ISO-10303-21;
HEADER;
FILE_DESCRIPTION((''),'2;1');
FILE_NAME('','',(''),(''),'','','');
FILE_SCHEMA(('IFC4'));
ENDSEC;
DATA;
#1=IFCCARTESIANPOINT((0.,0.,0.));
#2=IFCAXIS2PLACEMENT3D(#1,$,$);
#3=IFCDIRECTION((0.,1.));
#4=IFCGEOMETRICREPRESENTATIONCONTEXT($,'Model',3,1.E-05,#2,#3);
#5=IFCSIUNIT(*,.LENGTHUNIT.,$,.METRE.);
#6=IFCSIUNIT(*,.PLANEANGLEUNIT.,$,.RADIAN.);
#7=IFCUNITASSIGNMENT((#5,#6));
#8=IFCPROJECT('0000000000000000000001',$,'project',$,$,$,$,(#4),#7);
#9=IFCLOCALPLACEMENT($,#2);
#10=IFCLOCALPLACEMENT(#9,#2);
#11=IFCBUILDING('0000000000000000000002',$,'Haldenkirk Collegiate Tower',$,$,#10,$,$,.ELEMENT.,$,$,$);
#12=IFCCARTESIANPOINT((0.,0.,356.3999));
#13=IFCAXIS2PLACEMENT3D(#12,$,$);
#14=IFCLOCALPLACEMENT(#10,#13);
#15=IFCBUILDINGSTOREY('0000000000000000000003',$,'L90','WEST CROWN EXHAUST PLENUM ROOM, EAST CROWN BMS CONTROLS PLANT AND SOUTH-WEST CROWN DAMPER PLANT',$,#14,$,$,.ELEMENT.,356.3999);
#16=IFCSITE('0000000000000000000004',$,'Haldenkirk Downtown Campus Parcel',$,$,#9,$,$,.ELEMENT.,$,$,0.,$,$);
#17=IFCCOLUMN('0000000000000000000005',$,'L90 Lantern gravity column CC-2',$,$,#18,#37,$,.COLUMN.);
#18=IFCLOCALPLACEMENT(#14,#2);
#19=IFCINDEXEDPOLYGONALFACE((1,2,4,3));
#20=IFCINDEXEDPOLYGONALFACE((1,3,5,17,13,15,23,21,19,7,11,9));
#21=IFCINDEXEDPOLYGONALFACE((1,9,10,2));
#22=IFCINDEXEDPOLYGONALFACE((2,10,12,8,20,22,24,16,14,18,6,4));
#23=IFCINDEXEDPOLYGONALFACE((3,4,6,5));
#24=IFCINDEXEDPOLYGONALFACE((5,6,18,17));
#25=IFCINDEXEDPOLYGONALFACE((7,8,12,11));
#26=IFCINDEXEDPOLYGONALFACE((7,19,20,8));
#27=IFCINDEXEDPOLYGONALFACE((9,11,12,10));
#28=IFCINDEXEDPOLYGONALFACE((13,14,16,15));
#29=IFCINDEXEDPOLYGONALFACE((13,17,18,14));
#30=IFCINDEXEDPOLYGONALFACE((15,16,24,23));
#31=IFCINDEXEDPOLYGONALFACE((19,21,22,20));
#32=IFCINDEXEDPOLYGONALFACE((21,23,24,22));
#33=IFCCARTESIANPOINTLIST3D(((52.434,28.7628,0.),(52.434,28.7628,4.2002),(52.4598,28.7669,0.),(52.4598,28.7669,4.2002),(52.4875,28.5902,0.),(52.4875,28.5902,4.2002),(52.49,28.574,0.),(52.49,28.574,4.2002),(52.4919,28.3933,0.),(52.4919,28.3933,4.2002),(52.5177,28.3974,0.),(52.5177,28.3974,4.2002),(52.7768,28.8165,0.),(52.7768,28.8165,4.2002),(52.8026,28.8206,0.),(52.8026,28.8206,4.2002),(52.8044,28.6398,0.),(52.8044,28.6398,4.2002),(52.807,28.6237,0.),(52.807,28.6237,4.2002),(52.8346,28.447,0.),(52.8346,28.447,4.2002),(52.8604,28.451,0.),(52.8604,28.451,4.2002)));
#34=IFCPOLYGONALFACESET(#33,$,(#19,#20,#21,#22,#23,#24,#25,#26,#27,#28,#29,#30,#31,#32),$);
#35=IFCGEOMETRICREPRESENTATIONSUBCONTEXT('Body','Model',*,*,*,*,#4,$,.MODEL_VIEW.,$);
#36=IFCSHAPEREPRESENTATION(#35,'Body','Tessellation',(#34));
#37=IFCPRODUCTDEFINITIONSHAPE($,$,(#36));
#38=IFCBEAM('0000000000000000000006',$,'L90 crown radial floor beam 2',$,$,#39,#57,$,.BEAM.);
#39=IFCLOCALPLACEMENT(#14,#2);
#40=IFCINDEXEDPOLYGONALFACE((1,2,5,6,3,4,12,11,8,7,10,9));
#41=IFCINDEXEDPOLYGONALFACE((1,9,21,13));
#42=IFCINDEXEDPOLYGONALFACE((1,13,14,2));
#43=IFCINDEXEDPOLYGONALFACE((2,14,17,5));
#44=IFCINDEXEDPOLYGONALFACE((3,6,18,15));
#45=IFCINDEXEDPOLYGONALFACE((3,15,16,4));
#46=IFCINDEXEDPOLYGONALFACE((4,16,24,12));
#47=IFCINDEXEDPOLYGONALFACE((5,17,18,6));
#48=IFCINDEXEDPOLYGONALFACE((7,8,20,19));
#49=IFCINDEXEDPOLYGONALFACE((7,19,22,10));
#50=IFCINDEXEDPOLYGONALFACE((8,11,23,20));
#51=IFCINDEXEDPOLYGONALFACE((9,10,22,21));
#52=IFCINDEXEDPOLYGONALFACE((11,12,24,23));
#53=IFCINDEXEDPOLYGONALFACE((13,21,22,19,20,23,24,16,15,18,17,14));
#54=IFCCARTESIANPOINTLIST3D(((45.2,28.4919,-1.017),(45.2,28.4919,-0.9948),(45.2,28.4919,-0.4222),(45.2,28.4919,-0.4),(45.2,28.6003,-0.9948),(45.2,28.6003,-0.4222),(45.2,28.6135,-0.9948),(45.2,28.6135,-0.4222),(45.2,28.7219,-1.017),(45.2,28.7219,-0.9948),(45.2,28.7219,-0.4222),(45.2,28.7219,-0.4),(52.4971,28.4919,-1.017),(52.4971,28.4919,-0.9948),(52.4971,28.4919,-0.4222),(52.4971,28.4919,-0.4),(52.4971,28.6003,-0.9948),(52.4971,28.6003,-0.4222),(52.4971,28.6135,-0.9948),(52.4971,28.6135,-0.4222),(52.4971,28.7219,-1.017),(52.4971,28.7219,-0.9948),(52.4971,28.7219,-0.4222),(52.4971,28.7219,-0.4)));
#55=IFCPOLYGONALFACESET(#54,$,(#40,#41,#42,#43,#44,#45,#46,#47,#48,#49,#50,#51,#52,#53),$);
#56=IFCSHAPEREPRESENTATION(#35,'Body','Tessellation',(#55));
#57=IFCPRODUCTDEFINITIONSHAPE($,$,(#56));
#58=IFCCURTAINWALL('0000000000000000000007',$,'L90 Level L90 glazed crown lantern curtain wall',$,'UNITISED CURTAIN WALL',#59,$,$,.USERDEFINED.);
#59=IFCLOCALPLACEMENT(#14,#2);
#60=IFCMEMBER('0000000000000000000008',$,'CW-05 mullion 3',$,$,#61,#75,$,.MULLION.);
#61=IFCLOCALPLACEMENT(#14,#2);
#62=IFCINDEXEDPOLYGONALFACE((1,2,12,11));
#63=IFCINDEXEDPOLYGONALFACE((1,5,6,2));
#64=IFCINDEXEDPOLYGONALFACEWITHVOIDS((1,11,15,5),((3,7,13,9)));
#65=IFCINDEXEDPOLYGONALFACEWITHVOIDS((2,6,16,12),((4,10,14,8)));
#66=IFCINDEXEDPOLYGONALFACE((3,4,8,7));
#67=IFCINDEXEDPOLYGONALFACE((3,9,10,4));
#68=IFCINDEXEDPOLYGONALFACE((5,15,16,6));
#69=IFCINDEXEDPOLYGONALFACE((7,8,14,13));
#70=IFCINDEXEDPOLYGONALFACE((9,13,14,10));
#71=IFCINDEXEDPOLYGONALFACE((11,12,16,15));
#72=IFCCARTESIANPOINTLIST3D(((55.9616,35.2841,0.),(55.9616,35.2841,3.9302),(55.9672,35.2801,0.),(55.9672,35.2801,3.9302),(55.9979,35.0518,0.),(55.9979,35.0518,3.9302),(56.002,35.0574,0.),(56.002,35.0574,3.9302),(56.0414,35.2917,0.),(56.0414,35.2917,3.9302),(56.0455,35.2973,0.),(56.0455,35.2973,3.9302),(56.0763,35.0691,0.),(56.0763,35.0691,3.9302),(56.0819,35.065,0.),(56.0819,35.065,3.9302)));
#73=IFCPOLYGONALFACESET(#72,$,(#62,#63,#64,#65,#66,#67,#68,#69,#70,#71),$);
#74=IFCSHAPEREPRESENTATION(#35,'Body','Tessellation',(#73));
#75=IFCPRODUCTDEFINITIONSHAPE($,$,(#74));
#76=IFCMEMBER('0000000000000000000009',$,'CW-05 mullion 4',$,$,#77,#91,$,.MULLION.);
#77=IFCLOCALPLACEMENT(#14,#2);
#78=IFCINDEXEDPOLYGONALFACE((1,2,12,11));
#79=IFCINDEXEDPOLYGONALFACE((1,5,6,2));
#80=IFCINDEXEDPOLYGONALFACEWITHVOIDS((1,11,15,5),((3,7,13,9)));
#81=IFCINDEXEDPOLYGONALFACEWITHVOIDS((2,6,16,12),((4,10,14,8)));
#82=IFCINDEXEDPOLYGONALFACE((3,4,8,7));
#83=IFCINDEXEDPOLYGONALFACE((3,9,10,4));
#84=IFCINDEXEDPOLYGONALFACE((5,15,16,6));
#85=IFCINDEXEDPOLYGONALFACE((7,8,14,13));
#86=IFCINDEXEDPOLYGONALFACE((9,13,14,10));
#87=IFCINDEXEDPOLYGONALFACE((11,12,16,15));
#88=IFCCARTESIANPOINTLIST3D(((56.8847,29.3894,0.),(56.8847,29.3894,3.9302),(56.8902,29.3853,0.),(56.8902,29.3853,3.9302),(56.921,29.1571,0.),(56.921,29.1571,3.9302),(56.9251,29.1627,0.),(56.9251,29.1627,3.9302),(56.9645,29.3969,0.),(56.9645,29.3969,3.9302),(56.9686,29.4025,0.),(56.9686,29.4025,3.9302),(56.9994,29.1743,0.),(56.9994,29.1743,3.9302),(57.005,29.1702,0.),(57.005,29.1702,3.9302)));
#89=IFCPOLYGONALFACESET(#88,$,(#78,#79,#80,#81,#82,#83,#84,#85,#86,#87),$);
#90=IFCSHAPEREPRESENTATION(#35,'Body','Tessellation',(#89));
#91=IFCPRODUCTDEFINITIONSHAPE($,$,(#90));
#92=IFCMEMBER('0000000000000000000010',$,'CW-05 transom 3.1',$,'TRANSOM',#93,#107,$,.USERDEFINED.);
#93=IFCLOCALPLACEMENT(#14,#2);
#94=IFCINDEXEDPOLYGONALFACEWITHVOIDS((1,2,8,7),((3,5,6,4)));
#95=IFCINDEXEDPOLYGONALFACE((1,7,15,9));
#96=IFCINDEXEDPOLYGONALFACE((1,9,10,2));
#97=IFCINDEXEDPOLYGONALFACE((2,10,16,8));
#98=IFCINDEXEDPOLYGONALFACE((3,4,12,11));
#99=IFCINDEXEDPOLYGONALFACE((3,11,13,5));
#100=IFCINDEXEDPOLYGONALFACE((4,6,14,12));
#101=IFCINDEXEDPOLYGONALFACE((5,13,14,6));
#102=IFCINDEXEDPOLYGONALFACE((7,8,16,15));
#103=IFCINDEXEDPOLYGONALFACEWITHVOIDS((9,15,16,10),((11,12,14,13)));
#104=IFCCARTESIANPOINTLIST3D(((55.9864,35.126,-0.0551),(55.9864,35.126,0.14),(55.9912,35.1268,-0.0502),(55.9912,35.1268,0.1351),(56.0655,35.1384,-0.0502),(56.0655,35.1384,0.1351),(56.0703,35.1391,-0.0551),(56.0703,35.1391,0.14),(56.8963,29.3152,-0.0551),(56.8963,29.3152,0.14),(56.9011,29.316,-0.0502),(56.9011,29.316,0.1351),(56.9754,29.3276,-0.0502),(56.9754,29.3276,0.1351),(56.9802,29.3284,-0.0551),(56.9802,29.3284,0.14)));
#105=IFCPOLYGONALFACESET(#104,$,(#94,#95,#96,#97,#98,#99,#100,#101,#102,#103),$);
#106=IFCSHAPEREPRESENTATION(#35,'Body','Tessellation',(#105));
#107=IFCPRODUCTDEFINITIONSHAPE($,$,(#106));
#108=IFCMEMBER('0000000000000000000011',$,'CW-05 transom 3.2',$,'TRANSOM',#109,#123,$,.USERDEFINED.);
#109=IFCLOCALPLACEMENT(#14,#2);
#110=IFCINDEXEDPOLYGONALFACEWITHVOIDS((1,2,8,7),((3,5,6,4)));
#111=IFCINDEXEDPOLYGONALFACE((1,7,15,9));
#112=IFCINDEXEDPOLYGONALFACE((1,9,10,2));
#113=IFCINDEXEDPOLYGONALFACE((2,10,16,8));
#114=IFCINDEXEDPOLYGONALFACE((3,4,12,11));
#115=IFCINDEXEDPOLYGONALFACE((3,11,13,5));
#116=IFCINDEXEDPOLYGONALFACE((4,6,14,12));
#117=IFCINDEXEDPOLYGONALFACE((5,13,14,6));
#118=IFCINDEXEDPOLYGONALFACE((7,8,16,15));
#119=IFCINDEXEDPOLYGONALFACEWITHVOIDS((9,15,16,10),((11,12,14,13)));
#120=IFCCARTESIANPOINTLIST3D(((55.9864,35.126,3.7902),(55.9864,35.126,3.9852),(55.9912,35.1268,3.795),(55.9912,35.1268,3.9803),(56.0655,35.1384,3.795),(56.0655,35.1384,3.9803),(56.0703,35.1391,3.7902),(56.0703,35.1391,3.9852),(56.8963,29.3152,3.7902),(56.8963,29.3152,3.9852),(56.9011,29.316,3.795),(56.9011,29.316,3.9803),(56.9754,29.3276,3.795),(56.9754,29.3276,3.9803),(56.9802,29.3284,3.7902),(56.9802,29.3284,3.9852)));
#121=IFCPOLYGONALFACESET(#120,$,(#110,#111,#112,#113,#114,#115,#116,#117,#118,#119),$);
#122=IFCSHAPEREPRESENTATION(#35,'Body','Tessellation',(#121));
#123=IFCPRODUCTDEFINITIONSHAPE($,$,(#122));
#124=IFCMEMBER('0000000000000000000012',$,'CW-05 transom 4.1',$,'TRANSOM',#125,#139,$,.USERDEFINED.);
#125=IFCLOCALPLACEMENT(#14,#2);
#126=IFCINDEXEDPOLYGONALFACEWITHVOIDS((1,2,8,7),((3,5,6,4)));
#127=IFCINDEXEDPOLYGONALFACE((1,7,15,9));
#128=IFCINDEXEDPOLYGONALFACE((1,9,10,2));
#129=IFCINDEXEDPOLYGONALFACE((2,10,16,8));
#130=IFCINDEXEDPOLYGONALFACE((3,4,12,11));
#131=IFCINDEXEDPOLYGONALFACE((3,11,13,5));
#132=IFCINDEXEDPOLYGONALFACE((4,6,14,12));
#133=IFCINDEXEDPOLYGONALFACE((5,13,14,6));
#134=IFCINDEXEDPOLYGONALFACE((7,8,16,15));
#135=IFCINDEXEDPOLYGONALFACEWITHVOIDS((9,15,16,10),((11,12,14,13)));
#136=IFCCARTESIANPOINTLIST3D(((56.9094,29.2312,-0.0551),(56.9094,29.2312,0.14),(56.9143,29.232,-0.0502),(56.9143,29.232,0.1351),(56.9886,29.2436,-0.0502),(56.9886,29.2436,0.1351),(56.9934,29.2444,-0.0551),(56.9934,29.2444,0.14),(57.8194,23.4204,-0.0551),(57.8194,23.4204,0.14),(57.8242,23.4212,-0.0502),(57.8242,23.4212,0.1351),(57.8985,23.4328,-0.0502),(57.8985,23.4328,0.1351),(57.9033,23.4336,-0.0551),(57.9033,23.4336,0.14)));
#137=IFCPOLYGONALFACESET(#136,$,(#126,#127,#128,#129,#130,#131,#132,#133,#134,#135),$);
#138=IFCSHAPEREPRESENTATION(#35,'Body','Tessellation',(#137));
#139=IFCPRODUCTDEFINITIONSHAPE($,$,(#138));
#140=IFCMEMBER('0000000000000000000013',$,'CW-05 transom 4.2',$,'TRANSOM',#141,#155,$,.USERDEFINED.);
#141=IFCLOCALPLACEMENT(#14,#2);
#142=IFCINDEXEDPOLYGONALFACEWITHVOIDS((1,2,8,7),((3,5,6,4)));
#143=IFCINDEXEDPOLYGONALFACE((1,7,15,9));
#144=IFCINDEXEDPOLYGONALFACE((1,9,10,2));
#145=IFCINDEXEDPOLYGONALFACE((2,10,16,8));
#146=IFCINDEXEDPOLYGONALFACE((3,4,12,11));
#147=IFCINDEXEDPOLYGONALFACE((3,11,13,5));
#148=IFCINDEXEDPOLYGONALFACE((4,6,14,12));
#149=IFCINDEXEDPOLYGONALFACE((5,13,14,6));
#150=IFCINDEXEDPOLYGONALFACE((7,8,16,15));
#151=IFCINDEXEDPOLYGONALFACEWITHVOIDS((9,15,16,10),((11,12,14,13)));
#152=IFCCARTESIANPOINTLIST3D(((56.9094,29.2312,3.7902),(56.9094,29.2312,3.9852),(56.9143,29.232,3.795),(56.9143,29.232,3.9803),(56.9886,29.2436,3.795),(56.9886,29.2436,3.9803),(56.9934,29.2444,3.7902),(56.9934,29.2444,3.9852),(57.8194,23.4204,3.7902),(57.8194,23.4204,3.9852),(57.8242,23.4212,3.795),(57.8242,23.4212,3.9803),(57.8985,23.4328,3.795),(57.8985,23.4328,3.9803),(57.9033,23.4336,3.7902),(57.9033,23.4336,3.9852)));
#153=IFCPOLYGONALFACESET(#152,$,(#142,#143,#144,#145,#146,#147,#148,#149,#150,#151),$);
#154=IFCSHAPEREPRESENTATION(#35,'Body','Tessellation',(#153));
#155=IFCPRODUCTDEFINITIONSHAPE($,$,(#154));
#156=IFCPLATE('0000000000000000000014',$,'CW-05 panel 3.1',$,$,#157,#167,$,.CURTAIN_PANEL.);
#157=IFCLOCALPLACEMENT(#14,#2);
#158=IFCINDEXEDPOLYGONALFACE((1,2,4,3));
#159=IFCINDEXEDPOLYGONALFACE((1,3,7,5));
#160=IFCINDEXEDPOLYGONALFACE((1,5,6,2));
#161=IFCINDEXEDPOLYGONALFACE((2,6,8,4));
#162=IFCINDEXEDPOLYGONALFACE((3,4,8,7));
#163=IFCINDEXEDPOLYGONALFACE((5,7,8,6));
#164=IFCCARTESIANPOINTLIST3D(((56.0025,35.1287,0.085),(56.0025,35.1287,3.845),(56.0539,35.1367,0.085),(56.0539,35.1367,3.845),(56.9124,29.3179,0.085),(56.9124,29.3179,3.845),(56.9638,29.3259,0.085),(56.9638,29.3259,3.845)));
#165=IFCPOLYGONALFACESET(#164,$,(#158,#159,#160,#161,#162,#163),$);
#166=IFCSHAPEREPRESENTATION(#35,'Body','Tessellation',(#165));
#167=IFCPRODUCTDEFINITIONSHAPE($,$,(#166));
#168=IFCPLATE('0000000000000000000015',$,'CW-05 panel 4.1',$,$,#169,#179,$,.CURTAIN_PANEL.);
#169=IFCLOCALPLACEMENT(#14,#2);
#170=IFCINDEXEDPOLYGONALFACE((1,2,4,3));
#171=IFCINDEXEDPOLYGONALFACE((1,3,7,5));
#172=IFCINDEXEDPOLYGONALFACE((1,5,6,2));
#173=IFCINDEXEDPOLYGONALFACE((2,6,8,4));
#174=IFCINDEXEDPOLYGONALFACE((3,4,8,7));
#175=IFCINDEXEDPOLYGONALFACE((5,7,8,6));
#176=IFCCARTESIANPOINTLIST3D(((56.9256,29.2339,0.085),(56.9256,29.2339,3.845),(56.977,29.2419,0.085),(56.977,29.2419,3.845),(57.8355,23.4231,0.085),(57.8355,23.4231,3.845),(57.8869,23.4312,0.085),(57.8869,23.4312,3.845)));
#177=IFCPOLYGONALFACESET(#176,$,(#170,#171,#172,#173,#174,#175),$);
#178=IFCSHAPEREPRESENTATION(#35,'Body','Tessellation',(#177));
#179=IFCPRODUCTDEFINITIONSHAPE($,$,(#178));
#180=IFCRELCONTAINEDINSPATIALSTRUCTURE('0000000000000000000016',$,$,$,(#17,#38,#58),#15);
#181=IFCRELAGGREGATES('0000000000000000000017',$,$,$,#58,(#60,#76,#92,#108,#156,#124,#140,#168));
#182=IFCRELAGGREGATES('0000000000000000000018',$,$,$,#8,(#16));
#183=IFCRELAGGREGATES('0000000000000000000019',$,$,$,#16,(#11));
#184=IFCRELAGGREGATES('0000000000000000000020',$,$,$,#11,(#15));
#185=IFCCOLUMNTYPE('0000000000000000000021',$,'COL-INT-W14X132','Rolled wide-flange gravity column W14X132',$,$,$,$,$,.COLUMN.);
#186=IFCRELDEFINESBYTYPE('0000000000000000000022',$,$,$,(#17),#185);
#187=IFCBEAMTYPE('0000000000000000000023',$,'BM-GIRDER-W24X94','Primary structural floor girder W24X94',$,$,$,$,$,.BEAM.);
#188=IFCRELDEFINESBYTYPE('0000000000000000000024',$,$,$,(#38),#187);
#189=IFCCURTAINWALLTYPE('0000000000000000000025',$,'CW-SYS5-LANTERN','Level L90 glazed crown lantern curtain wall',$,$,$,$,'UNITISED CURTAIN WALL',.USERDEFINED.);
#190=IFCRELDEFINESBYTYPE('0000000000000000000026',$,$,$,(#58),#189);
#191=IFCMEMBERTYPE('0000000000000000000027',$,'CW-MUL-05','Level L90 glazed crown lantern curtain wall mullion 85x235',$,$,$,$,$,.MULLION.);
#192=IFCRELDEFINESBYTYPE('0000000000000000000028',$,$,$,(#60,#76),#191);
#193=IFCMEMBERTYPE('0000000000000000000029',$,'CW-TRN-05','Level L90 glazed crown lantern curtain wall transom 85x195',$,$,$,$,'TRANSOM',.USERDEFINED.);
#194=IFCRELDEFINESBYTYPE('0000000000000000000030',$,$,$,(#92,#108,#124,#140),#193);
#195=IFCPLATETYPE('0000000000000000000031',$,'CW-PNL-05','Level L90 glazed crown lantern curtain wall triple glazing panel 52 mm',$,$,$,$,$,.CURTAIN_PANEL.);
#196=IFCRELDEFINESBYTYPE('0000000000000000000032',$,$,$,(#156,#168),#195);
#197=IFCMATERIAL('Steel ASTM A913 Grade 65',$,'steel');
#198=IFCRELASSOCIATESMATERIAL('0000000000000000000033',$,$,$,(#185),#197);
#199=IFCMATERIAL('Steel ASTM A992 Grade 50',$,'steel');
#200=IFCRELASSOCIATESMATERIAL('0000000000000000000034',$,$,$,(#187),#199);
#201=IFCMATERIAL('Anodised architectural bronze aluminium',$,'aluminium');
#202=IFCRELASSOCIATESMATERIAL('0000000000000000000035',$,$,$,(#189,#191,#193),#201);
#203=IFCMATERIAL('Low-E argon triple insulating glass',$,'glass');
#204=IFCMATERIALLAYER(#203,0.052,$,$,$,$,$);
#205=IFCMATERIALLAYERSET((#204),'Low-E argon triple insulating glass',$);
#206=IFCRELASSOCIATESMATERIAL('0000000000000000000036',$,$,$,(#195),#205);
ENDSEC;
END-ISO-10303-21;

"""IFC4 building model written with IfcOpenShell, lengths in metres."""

from ifc_helpers import new_model, si_unit, direction, frame, origin, origin_2d, place, context, subcontext, project, spatial, rectangle, hollow_rectangle, i_section, extrude, source, transform, mapped, material, layer, layer_set, material_profile, profile_set, type_object, element, aggregate, save


model = new_model("IFC4")

# Units and contexts
model_context = context("Model", 3, precision=1e-05, world=origin(), true_north=direction((0.0, 1.0)))
body_context = subcontext(model_context, "Body", "Model", "MODEL_VIEW")
ifc_project = project(units=[si_unit("LENGTHUNIT", "METRE"), si_unit("PLANEANGLEUNIT", "RADIAN")], contexts=[model_context])

# Site, building, storey
site_placement = place(None, origin())
site = spatial("IfcSite", under=ifc_project, at=site_placement, Name="Haldenkirk Downtown Campus Parcel", CompositionType="ELEMENT", RefElevation=0.0)
building_placement = place(site_placement, origin())
building = spatial("IfcBuilding", under=site, at=building_placement, Name="Haldenkirk Collegiate Tower", CompositionType="ELEMENT")
storey_placement = place(building_placement, frame((0.0, 0.0, 356.3999)))
storey = spatial("IfcBuildingStorey", under=building, at=storey_placement, Name="L90", Description="WEST CROWN EXHAUST PLENUM ROOM, EAST CROWN BMS CONTROLS PLANT AND SOUTH-WEST CROWN DAMPER PLANT", CompositionType="ELEMENT", Elevation=356.3999)

# Column
ifc_material_1 = material(Name="Steel ASTM A913 Grade 65", Category="steel")
ifc_material_profile_1 = material_profile(ifc_material_1, i_section(OverallWidth=0.374, OverallDepth=0.373, WebThickness=0.0164, FlangeThickness=0.0261, at=origin_2d()), Name="W14X132")
ifc_profile_set_1 = profile_set([ifc_material_profile_1], Name="Steel ASTM A913 Grade 65")
column_type = type_object("IfcColumnType", Name="COL-INT-W14X132", Description="Rolled wide-flange gravity column W14X132", PredefinedType="COLUMN", material=ifc_profile_set_1)
column_placement = place(storey_placement, frame((52.6472, 28.6069, 0.0), z_axis=(0.0, 0.0, 1.0), x_axis=(-0.15471, 0.98796, 0.0)))
element("IfcColumn", 1, at=column_placement, inside=storey, type_object=column_type, Name="L90 Lantern gravity column CC-2", PredefinedType="COLUMN", context=body_context, shape_type="SweptSolid", body=[
    extrude(i_section(OverallWidth=0.374, OverallDepth=0.373, WebThickness=0.0164, FlangeThickness=0.0261, at=origin_2d()), origin(), (0.0, 0.0, 1.0), 4.2002),
])

# Beam
ifc_material_2 = material(Name="Steel ASTM A992 Grade 50", Category="steel")
ifc_material_profile_2 = material_profile(ifc_material_2, i_section(OverallWidth=0.23, OverallDepth=0.6169, WebThickness=0.0132, FlangeThickness=0.0222, at=origin_2d()), Name="W24X94")
ifc_profile_set_2 = profile_set([ifc_material_profile_2], Name="Steel ASTM A992 Grade 50")
beam_type = type_object("IfcBeamType", Name="BM-GIRDER-W24X94", Description="Primary structural floor girder W24X94", PredefinedType="BEAM", material=ifc_profile_set_2)
beam_placement = place(storey_placement, frame((52.4971, 28.6069, -0.7085), z_axis=(-1.0, 0.0, 0.0), x_axis=(0.0, -1.0, 0.0)))
element("IfcBeam", 2, at=beam_placement, inside=storey, type_object=beam_type, Name="L90 crown radial floor beam 2", PredefinedType="BEAM", context=body_context, shape_type="SweptSolid", body=[
    extrude(i_section(OverallWidth=0.23, OverallDepth=0.6169, WebThickness=0.0132, FlangeThickness=0.0222, at=origin_2d()), origin(), (0.0, 0.0, 1.0), 7.2971),
])

# Curtain wall, members, plates
ifc_material_3 = material(Name="Anodised architectural bronze aluminium", Category="aluminium")
curtain_wall_type = type_object("IfcCurtainWallType", Name="CW-SYS5-LANTERN", Description="Level L90 glazed crown lantern curtain wall", ElementType="UNITISED CURTAIN WALL", PredefinedType="USERDEFINED", material=ifc_material_3)
curtain_wall_placement = place(storey_placement, origin())
curtain_wall = element("IfcCurtainWall", 3, at=curtain_wall_placement, inside=storey, type_object=curtain_wall_type, Name="L90 Level L90 glazed crown lantern curtain wall", ObjectType="UNITISED CURTAIN WALL", PredefinedType="USERDEFINED")
ifc_material_profile_3 = material_profile(ifc_material_3, hollow_rectangle(XDim=0.085, YDim=0.2351, WallThickness=0.0049, at=origin_2d()), Name="CW-MUL-05")
ifc_profile_set_3 = profile_set([ifc_material_profile_3], Name="Anodised architectural bronze aluminium")
member_type_1 = type_object("IfcMemberType", Name="CW-MUL-05", Description="Level L90 glazed crown lantern curtain wall mullion 85x235", PredefinedType="MULLION", material=ifc_profile_set_3)
member_1_placement = place(storey_placement, frame((56.0217, 35.1746, 0.0), z_axis=(0.0, 0.0, 1.0), x_axis=(0.98796, 0.154713, 0.0)))
member_1 = element("IfcMember", 4, at=member_1_placement, type_object=member_type_1, Name="CW-05 mullion 3", PredefinedType="MULLION", context=body_context, shape_type="SweptSolid", body=[
    extrude(hollow_rectangle(XDim=0.085, YDim=0.2351, WallThickness=0.0049, at=origin_2d()), origin(), (0.0, 0.0, 1.0), 3.9302),
])
member_2_placement = place(storey_placement, frame((56.9448, 29.2798, 0.0), z_axis=(0.0, 0.0, 1.0), x_axis=(0.98796, 0.154713, 0.0)))
member_2 = element("IfcMember", 5, at=member_2_placement, type_object=member_type_1, Name="CW-05 mullion 4", PredefinedType="MULLION", context=body_context, shape_type="SweptSolid", body=[
    extrude(hollow_rectangle(XDim=0.085, YDim=0.2351, WallThickness=0.0049, at=origin_2d()), origin(), (0.0, 0.0, 1.0), 3.9302),
])
ifc_material_profile_4 = material_profile(ifc_material_3, hollow_rectangle(XDim=0.085, YDim=0.1951, WallThickness=0.0049, at=origin_2d()), Name="CW-TRN-05")
ifc_profile_set_4 = profile_set([ifc_material_profile_4], Name="Anodised architectural bronze aluminium")
member_type_2 = type_object("IfcMemberType", Name="CW-TRN-05", Description="Level L90 glazed crown lantern curtain wall transom 85x195", ElementType="TRANSOM", PredefinedType="USERDEFINED", material=ifc_profile_set_4)
member_3_placement = place(storey_placement, frame((56.0283, 35.1326, 0.0425), z_axis=(0.154705, -0.987961, 0.0), x_axis=(0.987961, 0.154705, 0.0)))
member_3 = element("IfcMember", 6, at=member_3_placement, type_object=member_type_2, Name="CW-05 transom 3.1", ObjectType="TRANSOM", PredefinedType="USERDEFINED", context=body_context, shape_type="SweptSolid", body=[
    extrude(hollow_rectangle(XDim=0.085, YDim=0.1951, WallThickness=0.0049, at=origin_2d()), origin(), (0.0, 0.0, 1.0), 5.8816),
])
member_4_placement = place(storey_placement, frame((56.0283, 35.1326, 3.8877), z_axis=(0.154705, -0.987961, 0.0), x_axis=(0.987961, 0.154705, 0.0)))
member_4 = element("IfcMember", 7, at=member_4_placement, type_object=member_type_2, Name="CW-05 transom 3.2", ObjectType="TRANSOM", PredefinedType="USERDEFINED", context=body_context, shape_type="SweptSolid", body=[
    extrude(hollow_rectangle(XDim=0.085, YDim=0.1951, WallThickness=0.0049, at=origin_2d()), origin(), (0.0, 0.0, 1.0), 5.8816),
])
member_5_placement = place(storey_placement, frame((56.9514, 29.2378, 0.0425), z_axis=(0.154705, -0.987961, 0.0), x_axis=(0.987961, 0.154705, 0.0)))
member_5 = element("IfcMember", 8, at=member_5_placement, type_object=member_type_2, Name="CW-05 transom 4.1", ObjectType="TRANSOM", PredefinedType="USERDEFINED", context=body_context, shape_type="SweptSolid", body=[
    extrude(hollow_rectangle(XDim=0.085, YDim=0.1951, WallThickness=0.0049, at=origin_2d()), origin(), (0.0, 0.0, 1.0), 5.8816),
])
member_6_placement = place(storey_placement, frame((56.9514, 29.2378, 3.8877), z_axis=(0.154705, -0.987961, 0.0), x_axis=(0.987961, 0.154705, 0.0)))
member_6 = element("IfcMember", 9, at=member_6_placement, type_object=member_type_2, Name="CW-05 transom 4.2", ObjectType="TRANSOM", PredefinedType="USERDEFINED", context=body_context, shape_type="SweptSolid", body=[
    extrude(hollow_rectangle(XDim=0.085, YDim=0.1951, WallThickness=0.0049, at=origin_2d()), origin(), (0.0, 0.0, 1.0), 5.8816),
])
ifc_material_4 = material(Name="Low-E argon triple insulating glass", Category="glass")
ifc_layer_1 = layer(ifc_material_4, 0.052)
ifc_layer_set_1 = layer_set([ifc_layer_1], Name="Low-E argon triple insulating glass")
plate_type = type_object("IfcPlateType", Name="CW-PNL-05", Description="Level L90 glazed crown lantern curtain wall triple glazing panel 52 mm", PredefinedType="CURTAIN_PANEL", material=ifc_layer_set_1)
shared_shape = source(origin(), body_context, "Body", "SweptSolid", [
    extrude(rectangle(XDim=5.8816, YDim=0.052, at=origin_2d()), origin(), (0.0, 0.0, 1.0), 3.76),
])
plate_1_placement = place(storey_placement, frame((56.4832, 32.2273, 0.085), z_axis=(0.0, 0.0, 1.0), x_axis=(0.154713, -0.98796, 0.0)))
plate_1 = element("IfcPlate", 10, at=plate_1_placement, type_object=plate_type, Name="CW-05 panel 3.1", PredefinedType="CURTAIN_PANEL", context=body_context, shape_type="MappedRepresentation", body=[
    mapped(shared_shape, transform((0.0, 0.0, 0.0), x_axis=(1.0, 0.0, 0.0), y_axis=(0.0, 1.0, 0.0), z_axis=(0.0, 0.0, 1.0), scale=1.0)),
])
plate_2_placement = place(storey_placement, frame((57.4062, 26.3325, 0.085), z_axis=(0.0, 0.0, 1.0), x_axis=(0.154713, -0.98796, 0.0)))
plate_2 = element("IfcPlate", 11, at=plate_2_placement, type_object=plate_type, Name="CW-05 panel 4.1", PredefinedType="CURTAIN_PANEL", context=body_context, shape_type="MappedRepresentation", body=[
    mapped(shared_shape, transform((0.0, 0.0, 0.0), x_axis=(1.0, 0.0, 0.0), y_axis=(0.0, 1.0, 0.0), z_axis=(0.0, 0.0, 1.0), scale=1.0)),
])
aggregate(curtain_wall, [member_1, member_2, member_3, member_4, plate_1, member_5, member_6, plate_2])

save(model, "model.ifc")
